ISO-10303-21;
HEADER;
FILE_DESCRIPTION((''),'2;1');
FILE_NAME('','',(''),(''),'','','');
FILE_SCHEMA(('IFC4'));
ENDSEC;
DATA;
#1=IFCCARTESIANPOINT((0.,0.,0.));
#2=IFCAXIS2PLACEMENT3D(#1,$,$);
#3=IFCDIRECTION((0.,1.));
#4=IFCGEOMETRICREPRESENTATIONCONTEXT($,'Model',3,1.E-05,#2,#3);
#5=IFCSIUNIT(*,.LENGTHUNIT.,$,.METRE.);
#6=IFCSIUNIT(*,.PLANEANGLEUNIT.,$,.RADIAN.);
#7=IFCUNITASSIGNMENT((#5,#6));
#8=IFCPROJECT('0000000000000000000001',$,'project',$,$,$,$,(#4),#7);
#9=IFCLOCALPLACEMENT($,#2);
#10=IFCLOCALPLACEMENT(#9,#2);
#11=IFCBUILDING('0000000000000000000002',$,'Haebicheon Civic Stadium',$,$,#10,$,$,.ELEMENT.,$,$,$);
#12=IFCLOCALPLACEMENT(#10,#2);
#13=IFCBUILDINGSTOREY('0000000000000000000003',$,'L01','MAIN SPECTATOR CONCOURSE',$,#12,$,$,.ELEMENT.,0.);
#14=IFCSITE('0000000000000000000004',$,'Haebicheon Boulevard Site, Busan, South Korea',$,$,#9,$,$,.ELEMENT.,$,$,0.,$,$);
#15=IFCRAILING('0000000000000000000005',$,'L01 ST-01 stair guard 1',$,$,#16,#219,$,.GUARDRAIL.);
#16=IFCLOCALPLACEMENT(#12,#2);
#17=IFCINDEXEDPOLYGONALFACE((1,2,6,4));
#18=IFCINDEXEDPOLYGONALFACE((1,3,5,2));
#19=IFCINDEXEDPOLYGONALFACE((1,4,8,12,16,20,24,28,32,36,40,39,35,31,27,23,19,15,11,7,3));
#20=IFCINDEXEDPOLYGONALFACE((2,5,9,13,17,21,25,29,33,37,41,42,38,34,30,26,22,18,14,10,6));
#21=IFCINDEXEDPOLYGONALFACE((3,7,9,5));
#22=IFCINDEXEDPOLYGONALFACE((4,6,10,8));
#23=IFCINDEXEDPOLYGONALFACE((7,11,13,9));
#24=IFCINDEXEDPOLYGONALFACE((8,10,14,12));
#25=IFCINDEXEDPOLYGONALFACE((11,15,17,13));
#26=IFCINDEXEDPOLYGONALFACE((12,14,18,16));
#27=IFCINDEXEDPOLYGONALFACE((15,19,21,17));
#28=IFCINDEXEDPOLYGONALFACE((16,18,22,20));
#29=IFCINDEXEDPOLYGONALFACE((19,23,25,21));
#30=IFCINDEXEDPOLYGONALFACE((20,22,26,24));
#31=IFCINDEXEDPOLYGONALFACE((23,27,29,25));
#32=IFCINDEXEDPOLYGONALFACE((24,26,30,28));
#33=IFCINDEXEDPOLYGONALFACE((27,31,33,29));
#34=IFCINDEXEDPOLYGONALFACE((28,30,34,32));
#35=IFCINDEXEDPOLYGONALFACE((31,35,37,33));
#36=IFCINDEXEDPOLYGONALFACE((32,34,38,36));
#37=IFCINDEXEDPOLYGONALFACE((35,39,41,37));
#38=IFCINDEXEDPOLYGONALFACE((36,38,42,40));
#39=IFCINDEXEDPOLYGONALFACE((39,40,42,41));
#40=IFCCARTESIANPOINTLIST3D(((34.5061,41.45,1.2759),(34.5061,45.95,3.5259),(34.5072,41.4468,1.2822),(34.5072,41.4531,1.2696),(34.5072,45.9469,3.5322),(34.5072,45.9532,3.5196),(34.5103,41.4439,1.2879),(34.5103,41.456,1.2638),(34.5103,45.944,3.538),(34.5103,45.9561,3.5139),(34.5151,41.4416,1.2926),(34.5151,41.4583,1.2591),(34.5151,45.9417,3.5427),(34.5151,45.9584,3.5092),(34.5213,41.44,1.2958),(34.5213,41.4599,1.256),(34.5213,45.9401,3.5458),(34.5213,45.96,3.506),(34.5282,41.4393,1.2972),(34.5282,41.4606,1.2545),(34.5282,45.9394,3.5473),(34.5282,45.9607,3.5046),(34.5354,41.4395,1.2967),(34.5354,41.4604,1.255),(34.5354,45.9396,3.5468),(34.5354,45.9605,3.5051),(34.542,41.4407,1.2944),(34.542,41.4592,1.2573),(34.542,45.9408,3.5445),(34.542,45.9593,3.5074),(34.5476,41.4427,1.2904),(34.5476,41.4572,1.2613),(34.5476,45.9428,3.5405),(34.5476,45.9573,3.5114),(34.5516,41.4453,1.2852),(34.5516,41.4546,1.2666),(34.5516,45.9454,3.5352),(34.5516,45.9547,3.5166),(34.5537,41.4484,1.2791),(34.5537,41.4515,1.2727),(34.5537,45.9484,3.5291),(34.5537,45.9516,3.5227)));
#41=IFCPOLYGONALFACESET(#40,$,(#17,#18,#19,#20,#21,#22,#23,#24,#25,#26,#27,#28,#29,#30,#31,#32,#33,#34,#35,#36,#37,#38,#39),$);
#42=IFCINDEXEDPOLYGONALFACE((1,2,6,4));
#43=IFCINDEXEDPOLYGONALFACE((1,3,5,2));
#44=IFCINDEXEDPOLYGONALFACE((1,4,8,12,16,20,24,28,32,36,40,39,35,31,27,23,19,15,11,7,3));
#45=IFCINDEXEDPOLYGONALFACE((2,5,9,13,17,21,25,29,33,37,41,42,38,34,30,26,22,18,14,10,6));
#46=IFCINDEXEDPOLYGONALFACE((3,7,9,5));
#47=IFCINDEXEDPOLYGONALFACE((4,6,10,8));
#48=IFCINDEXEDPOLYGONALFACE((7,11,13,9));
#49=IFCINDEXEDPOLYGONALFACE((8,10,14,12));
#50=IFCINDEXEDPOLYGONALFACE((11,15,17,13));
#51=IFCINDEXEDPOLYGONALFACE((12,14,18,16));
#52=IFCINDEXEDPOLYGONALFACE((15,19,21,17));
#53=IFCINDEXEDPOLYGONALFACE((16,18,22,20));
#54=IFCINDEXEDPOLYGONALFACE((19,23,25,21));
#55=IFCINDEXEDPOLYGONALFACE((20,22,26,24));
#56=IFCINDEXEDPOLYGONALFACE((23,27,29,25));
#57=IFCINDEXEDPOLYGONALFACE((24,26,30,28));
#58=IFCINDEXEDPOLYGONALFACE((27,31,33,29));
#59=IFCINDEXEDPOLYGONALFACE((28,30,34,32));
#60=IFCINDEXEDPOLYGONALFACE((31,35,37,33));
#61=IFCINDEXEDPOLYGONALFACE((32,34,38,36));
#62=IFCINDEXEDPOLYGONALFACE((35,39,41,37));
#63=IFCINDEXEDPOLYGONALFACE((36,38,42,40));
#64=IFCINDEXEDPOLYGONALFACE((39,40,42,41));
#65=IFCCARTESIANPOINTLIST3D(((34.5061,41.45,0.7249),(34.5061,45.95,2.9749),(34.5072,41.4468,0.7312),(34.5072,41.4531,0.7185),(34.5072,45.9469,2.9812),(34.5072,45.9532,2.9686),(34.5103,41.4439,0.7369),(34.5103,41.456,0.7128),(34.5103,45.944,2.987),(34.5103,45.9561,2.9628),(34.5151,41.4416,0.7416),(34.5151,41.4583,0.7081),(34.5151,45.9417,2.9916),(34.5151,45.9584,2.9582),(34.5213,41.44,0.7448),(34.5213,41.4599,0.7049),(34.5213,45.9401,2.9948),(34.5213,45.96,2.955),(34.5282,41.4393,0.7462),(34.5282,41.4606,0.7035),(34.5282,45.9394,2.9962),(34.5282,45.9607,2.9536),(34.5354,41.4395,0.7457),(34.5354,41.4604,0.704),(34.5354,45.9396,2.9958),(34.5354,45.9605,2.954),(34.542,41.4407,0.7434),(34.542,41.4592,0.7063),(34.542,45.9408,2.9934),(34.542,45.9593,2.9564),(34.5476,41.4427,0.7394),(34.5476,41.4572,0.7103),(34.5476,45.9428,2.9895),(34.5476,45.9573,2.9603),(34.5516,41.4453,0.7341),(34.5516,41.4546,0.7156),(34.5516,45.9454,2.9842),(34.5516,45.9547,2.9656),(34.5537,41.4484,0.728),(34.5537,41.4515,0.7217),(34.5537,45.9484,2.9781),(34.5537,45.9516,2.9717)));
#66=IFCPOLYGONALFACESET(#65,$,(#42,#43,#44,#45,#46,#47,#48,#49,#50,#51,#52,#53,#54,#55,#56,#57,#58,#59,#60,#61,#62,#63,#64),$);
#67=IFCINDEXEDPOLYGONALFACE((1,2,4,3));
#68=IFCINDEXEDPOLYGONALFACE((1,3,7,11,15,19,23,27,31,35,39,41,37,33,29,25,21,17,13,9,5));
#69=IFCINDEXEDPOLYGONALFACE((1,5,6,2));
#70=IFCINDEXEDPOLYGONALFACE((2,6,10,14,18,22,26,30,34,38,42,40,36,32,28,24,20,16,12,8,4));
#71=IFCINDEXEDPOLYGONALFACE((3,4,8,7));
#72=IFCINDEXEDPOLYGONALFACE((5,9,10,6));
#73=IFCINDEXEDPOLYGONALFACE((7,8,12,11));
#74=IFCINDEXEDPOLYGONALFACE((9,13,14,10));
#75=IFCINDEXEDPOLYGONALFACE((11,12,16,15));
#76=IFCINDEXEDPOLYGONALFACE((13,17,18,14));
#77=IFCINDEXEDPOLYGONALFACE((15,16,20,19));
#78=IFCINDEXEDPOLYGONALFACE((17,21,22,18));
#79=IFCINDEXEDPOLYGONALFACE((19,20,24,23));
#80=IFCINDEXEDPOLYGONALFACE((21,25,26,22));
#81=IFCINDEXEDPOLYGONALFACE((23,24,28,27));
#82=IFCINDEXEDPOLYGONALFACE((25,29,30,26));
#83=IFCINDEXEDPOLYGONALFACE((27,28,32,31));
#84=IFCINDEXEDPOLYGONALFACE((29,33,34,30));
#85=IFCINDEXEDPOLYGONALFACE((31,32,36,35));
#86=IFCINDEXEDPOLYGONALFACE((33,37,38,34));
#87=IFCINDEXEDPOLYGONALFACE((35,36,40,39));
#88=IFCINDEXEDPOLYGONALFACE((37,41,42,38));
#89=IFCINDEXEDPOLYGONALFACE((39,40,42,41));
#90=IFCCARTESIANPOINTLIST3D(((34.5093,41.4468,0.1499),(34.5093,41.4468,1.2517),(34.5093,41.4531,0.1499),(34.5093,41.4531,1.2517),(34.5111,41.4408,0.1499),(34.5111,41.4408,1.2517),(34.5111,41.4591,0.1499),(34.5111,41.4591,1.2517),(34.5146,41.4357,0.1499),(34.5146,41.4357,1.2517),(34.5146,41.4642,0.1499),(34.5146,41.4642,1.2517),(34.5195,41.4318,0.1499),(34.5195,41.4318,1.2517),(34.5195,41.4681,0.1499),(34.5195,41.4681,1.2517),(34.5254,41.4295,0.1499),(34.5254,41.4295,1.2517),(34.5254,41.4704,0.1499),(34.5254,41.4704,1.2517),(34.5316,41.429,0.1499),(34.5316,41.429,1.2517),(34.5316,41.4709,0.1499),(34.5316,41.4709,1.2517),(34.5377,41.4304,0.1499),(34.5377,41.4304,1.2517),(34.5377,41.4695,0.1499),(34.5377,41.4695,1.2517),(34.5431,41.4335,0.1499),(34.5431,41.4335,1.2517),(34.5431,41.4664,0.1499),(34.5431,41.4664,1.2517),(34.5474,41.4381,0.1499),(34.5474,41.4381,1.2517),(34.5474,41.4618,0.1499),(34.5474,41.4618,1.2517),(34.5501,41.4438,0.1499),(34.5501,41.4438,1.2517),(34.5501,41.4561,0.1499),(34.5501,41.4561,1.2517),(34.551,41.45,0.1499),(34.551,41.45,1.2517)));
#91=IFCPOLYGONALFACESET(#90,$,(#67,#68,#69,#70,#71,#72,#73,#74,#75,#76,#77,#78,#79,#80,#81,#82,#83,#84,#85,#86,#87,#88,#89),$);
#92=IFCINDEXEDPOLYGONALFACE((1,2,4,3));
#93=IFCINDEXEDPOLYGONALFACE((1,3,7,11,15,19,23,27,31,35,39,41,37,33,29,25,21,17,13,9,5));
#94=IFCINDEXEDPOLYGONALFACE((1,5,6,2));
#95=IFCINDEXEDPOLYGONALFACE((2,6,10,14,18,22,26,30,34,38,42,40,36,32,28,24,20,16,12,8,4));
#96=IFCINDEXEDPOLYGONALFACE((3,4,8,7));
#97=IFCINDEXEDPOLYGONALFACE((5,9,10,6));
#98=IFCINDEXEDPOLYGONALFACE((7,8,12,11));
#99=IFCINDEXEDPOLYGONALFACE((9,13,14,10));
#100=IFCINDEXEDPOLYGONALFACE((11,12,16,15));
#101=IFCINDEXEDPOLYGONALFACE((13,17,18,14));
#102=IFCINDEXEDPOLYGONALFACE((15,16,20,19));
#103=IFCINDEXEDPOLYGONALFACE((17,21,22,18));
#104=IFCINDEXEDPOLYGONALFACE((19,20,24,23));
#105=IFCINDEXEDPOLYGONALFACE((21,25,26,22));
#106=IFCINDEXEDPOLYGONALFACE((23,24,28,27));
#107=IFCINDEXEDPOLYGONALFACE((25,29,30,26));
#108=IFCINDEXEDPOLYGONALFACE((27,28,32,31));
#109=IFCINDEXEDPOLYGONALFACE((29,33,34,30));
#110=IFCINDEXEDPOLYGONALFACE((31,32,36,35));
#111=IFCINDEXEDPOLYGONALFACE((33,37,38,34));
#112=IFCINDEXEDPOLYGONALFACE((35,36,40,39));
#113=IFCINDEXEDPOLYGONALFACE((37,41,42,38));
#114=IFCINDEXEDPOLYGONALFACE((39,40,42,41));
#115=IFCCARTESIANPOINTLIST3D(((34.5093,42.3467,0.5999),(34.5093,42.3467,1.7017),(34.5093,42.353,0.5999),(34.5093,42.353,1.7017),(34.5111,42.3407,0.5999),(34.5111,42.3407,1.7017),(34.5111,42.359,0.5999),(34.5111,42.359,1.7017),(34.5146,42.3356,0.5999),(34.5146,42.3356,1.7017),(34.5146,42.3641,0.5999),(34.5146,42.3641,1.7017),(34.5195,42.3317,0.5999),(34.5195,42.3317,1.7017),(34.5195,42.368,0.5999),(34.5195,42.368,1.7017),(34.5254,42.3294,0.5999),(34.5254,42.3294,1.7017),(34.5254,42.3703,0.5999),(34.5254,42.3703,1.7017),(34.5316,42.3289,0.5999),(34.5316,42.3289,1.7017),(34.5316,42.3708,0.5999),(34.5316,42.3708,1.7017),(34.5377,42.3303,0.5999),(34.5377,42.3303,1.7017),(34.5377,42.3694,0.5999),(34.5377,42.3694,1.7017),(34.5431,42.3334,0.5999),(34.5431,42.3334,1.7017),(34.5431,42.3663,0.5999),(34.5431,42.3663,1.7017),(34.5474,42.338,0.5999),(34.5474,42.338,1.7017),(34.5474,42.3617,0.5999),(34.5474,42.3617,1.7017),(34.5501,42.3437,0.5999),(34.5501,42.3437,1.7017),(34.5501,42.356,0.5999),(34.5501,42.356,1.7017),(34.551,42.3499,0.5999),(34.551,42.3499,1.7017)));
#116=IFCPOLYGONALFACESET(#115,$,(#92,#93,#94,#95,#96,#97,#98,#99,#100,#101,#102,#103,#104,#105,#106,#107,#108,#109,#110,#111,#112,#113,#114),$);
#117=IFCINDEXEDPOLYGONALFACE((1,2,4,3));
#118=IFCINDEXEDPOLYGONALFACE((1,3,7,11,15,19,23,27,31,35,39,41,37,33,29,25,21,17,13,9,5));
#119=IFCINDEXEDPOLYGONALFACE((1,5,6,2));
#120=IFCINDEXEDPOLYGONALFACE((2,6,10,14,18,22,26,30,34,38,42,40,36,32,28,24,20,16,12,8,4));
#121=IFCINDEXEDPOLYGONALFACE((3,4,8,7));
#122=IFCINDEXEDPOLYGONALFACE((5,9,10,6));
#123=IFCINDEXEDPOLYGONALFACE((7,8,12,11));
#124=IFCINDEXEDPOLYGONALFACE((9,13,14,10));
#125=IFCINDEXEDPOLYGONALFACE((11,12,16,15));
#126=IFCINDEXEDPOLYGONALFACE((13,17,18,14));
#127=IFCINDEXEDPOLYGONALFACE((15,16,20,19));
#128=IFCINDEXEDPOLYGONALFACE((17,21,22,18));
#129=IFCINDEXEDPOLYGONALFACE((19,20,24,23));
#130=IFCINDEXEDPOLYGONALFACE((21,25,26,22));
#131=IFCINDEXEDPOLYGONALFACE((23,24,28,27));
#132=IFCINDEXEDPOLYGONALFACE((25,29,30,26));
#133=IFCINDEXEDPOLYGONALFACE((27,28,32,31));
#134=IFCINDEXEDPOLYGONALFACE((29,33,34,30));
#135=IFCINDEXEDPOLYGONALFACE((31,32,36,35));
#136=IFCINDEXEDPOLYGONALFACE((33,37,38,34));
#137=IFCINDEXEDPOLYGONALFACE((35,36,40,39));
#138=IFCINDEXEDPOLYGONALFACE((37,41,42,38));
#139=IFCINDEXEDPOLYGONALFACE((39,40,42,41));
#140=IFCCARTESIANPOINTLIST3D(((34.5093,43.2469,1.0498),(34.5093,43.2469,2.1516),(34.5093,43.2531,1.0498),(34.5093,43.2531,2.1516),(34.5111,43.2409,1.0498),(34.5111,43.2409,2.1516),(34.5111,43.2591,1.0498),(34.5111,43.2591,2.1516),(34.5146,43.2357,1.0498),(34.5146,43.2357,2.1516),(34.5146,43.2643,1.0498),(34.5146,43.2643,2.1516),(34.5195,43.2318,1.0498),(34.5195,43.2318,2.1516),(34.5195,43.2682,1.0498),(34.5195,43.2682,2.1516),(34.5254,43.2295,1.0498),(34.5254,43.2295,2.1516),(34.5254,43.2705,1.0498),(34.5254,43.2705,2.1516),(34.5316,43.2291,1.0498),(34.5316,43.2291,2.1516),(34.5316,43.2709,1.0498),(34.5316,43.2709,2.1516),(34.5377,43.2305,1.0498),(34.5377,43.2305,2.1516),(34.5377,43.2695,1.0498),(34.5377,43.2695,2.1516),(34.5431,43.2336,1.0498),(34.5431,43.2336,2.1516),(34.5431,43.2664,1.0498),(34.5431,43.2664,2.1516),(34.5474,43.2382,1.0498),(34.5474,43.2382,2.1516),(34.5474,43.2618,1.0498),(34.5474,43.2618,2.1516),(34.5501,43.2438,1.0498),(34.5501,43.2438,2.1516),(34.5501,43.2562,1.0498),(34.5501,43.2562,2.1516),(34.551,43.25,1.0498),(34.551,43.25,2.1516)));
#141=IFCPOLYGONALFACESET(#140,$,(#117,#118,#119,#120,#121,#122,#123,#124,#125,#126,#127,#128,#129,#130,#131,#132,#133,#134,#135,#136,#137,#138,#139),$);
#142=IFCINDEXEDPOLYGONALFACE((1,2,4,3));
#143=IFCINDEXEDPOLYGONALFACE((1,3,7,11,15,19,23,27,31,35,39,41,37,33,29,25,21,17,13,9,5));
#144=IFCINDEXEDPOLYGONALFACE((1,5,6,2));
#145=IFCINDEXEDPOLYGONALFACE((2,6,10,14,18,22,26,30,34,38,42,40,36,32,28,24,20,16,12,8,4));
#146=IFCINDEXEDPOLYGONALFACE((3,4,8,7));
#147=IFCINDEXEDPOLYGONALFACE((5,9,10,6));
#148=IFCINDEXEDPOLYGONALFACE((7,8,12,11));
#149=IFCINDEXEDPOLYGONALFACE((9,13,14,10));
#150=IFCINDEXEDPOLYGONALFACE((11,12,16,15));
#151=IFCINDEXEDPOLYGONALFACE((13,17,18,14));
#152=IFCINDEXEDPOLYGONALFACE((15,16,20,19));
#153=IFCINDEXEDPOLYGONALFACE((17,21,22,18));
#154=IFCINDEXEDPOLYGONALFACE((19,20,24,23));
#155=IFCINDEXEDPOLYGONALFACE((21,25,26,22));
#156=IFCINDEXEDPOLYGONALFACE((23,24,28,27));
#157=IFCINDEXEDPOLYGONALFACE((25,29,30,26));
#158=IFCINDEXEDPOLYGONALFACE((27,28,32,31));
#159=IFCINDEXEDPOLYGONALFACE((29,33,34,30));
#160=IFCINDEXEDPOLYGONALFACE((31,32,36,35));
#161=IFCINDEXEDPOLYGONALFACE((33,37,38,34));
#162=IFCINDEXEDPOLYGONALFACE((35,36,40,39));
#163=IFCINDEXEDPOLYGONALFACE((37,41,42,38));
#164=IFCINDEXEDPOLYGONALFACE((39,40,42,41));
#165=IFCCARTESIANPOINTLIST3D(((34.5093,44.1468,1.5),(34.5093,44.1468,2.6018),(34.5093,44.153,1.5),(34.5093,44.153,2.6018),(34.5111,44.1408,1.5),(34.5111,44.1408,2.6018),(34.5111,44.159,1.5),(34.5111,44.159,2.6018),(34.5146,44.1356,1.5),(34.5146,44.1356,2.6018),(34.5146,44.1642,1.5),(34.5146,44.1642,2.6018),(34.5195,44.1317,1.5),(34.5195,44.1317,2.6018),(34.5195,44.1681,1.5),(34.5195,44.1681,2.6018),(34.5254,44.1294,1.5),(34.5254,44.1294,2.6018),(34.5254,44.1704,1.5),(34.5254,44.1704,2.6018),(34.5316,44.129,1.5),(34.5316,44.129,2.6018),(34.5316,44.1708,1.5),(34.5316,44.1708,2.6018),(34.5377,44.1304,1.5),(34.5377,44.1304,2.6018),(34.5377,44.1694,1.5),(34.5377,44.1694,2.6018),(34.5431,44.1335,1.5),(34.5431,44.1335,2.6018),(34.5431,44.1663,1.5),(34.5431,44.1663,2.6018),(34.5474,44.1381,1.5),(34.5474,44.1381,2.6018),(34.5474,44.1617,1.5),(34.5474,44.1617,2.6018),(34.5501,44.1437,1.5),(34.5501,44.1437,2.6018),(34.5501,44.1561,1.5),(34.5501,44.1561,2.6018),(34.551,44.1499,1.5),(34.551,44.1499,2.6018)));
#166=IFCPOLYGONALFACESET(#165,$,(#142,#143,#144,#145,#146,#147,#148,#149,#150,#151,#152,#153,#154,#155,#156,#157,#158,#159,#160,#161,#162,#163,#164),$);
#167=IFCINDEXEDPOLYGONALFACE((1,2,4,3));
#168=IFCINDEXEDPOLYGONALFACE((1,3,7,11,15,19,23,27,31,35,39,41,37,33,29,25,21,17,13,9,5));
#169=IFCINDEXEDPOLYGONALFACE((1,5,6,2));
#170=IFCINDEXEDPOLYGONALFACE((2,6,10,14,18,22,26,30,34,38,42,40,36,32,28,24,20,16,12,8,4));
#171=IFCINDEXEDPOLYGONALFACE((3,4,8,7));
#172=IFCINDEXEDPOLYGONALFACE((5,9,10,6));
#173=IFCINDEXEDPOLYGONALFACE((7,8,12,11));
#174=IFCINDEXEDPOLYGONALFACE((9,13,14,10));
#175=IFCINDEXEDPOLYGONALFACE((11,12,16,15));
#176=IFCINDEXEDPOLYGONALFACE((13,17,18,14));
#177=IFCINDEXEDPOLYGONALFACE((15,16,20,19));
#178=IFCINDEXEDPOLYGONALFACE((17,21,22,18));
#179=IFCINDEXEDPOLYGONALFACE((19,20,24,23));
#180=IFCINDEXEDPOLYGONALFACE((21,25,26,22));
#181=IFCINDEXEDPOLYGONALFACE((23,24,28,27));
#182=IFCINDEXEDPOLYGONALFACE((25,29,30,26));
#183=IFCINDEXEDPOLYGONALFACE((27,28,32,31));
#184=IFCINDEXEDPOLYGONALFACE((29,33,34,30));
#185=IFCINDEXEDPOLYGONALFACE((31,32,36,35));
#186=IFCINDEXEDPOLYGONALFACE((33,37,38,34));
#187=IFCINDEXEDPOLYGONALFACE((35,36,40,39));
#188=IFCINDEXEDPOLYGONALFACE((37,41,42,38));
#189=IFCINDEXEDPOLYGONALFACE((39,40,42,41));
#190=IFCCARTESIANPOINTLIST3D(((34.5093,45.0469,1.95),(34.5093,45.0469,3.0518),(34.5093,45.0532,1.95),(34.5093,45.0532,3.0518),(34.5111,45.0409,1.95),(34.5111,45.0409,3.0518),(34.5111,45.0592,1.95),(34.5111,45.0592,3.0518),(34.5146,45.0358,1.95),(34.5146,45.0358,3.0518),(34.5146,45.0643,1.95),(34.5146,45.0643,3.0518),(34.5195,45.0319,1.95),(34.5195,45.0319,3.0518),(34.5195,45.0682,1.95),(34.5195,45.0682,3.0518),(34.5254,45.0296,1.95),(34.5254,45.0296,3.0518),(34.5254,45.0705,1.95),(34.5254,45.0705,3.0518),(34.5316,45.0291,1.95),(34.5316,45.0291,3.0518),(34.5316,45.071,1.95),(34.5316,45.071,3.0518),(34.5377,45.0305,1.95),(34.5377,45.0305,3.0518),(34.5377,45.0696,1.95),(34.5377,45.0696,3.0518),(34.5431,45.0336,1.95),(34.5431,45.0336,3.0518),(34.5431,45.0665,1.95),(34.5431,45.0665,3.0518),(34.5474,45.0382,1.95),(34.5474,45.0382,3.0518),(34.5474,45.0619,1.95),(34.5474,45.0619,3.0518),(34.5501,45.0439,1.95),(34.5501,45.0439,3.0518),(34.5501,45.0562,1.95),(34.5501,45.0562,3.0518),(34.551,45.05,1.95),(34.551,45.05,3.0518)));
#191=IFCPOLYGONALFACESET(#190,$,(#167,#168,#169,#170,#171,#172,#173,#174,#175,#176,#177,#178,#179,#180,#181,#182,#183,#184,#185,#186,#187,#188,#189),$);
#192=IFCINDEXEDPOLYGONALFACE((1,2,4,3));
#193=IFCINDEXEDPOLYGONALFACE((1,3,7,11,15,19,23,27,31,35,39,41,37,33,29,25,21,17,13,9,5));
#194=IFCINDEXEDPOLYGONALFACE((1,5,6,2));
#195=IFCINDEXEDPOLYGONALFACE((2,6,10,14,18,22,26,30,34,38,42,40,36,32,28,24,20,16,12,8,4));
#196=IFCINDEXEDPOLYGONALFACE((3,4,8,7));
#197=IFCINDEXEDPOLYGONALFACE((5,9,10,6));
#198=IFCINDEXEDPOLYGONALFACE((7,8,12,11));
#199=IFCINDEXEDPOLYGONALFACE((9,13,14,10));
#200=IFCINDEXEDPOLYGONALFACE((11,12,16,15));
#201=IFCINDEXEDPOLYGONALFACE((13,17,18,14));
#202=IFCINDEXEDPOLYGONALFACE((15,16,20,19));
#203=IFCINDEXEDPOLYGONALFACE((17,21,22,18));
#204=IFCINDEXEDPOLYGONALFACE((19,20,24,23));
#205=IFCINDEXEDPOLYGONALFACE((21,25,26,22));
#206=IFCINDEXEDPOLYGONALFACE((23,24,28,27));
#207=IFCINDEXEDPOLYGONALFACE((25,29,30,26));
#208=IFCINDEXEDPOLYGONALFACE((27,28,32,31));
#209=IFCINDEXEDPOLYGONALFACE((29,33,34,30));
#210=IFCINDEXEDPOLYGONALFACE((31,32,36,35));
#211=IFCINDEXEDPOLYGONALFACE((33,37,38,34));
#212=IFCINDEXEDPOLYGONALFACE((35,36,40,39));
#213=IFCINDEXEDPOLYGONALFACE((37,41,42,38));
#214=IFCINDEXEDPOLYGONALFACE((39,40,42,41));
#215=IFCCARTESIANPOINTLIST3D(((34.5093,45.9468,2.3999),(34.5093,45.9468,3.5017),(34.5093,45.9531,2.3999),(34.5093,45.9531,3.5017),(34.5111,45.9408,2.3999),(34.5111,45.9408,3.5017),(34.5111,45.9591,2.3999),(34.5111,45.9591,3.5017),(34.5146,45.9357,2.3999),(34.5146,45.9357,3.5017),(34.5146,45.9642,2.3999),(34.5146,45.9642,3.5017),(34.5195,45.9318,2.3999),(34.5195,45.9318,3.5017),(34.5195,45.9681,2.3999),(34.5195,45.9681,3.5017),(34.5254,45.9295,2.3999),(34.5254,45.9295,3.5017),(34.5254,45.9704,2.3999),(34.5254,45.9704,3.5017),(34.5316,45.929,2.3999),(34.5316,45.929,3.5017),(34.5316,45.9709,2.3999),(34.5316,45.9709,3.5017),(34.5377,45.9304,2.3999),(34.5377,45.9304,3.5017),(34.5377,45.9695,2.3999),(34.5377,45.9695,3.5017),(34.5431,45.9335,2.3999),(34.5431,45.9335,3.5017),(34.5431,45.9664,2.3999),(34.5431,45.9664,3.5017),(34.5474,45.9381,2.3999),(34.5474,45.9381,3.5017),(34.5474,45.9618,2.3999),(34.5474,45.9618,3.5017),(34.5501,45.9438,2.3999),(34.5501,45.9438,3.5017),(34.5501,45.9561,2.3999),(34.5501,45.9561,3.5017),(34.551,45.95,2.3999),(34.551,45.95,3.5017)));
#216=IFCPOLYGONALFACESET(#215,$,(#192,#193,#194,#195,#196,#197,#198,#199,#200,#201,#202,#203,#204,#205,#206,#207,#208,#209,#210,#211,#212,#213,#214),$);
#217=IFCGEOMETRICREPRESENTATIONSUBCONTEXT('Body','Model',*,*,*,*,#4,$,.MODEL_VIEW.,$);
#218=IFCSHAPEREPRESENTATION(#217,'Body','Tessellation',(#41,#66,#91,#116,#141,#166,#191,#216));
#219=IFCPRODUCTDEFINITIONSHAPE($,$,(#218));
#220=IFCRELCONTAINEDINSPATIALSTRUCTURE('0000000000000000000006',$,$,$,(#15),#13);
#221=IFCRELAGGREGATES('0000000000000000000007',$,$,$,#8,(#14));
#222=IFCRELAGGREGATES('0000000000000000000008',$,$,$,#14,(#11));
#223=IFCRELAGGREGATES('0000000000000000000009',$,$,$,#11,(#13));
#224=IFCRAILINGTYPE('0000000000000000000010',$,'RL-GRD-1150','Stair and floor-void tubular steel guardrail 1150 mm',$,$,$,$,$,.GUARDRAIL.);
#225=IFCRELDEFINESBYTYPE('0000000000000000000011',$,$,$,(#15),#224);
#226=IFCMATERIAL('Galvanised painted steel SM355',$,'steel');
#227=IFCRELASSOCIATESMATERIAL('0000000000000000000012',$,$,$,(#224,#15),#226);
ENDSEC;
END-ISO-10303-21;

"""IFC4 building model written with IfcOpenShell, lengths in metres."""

from ifc_helpers import new_model, si_unit, direction, frame, origin, origin_2d, place, context, subcontext, project, spatial, circle, extrude, material, type_object, element, save


model = new_model("IFC4")

# Units and contexts
model_context = context("Model", 3, precision=1e-05, world=origin(), true_north=direction((0.0, 1.0)))
body_context = subcontext(model_context, "Body", "Model", "MODEL_VIEW")
ifc_project = project(units=[si_unit("LENGTHUNIT", "METRE"), si_unit("PLANEANGLEUNIT", "RADIAN")], contexts=[model_context])

# Site, building, storey
site_placement = place(None, origin())
site = spatial("IfcSite", under=ifc_project, at=site_placement, Name="Haebicheon Boulevard Site, Busan, South Korea", CompositionType="ELEMENT", RefElevation=0.0)
building_placement = place(site_placement, origin())
building = spatial("IfcBuilding", under=site, at=building_placement, Name="Haebicheon Civic Stadium", CompositionType="ELEMENT")
storey_placement = place(building_placement, origin())
storey = spatial("IfcBuildingStorey", under=building, at=storey_placement, Name="L01", Description="MAIN SPECTATOR CONCOURSE", CompositionType="ELEMENT", Elevation=0.0)

# Railing
ifc_material_1 = material(Name="Galvanised painted steel SM355", Category="steel")
railing_type_1 = type_object("IfcRailingType", Name="RL-GRD-1150", Description="Stair and floor-void tubular steel guardrail 1150 mm", PredefinedType="GUARDRAIL", material=ifc_material_1)
railing_1_placement = place(storey_placement, frame((34.53, 41.45, 0.1499)))
element("IfcRailing", 1, at=railing_1_placement, inside=storey, type_object=railing_type_1, material=ifc_material_1, Name="L01 ST-01 stair guard 1", PredefinedType="GUARDRAIL", context=body_context, shape_type="SweptSolid", body=[
    extrude(circle(Radius=0.0239, at=origin_2d()), frame((0.0, 0.0, 1.126), z_axis=(0.0, 0.894427, 0.447214), x_axis=(-1.0, 0.0, 0.0)), (0.0, 0.0, 1.0), 5.0312),
    extrude(circle(Radius=0.0239, at=origin_2d()), frame((0.0, 0.0, 0.575), z_axis=(0.0, 0.894427, 0.447214), x_axis=(-1.0, 0.0, 0.0)), (0.0, 0.0, 1.0), 5.0312),
    extrude(circle(Radius=0.021, at=origin_2d()), origin(), (0.0, 0.0, 1.0), 1.1018),
    extrude(circle(Radius=0.021, at=origin_2d()), frame((0.0, 0.8999, 0.45)), (0.0, 0.0, 1.0), 1.1018),
    extrude(circle(Radius=0.021, at=origin_2d()), frame((0.0, 1.8, 0.8999)), (0.0, 0.0, 1.0), 1.1018),
    extrude(circle(Radius=0.021, at=origin_2d()), frame((0.0, 2.7, 1.3501)), (0.0, 0.0, 1.0), 1.1018),
    extrude(circle(Radius=0.021, at=origin_2d()), frame((0.0, 3.6001, 1.8)), (0.0, 0.0, 1.0), 1.1018),
    extrude(circle(Radius=0.021, at=origin_2d()), frame((0.0, 4.5, 2.25)), (0.0, 0.0, 1.0), 1.1018),
])

save(model, "model.ifc")
